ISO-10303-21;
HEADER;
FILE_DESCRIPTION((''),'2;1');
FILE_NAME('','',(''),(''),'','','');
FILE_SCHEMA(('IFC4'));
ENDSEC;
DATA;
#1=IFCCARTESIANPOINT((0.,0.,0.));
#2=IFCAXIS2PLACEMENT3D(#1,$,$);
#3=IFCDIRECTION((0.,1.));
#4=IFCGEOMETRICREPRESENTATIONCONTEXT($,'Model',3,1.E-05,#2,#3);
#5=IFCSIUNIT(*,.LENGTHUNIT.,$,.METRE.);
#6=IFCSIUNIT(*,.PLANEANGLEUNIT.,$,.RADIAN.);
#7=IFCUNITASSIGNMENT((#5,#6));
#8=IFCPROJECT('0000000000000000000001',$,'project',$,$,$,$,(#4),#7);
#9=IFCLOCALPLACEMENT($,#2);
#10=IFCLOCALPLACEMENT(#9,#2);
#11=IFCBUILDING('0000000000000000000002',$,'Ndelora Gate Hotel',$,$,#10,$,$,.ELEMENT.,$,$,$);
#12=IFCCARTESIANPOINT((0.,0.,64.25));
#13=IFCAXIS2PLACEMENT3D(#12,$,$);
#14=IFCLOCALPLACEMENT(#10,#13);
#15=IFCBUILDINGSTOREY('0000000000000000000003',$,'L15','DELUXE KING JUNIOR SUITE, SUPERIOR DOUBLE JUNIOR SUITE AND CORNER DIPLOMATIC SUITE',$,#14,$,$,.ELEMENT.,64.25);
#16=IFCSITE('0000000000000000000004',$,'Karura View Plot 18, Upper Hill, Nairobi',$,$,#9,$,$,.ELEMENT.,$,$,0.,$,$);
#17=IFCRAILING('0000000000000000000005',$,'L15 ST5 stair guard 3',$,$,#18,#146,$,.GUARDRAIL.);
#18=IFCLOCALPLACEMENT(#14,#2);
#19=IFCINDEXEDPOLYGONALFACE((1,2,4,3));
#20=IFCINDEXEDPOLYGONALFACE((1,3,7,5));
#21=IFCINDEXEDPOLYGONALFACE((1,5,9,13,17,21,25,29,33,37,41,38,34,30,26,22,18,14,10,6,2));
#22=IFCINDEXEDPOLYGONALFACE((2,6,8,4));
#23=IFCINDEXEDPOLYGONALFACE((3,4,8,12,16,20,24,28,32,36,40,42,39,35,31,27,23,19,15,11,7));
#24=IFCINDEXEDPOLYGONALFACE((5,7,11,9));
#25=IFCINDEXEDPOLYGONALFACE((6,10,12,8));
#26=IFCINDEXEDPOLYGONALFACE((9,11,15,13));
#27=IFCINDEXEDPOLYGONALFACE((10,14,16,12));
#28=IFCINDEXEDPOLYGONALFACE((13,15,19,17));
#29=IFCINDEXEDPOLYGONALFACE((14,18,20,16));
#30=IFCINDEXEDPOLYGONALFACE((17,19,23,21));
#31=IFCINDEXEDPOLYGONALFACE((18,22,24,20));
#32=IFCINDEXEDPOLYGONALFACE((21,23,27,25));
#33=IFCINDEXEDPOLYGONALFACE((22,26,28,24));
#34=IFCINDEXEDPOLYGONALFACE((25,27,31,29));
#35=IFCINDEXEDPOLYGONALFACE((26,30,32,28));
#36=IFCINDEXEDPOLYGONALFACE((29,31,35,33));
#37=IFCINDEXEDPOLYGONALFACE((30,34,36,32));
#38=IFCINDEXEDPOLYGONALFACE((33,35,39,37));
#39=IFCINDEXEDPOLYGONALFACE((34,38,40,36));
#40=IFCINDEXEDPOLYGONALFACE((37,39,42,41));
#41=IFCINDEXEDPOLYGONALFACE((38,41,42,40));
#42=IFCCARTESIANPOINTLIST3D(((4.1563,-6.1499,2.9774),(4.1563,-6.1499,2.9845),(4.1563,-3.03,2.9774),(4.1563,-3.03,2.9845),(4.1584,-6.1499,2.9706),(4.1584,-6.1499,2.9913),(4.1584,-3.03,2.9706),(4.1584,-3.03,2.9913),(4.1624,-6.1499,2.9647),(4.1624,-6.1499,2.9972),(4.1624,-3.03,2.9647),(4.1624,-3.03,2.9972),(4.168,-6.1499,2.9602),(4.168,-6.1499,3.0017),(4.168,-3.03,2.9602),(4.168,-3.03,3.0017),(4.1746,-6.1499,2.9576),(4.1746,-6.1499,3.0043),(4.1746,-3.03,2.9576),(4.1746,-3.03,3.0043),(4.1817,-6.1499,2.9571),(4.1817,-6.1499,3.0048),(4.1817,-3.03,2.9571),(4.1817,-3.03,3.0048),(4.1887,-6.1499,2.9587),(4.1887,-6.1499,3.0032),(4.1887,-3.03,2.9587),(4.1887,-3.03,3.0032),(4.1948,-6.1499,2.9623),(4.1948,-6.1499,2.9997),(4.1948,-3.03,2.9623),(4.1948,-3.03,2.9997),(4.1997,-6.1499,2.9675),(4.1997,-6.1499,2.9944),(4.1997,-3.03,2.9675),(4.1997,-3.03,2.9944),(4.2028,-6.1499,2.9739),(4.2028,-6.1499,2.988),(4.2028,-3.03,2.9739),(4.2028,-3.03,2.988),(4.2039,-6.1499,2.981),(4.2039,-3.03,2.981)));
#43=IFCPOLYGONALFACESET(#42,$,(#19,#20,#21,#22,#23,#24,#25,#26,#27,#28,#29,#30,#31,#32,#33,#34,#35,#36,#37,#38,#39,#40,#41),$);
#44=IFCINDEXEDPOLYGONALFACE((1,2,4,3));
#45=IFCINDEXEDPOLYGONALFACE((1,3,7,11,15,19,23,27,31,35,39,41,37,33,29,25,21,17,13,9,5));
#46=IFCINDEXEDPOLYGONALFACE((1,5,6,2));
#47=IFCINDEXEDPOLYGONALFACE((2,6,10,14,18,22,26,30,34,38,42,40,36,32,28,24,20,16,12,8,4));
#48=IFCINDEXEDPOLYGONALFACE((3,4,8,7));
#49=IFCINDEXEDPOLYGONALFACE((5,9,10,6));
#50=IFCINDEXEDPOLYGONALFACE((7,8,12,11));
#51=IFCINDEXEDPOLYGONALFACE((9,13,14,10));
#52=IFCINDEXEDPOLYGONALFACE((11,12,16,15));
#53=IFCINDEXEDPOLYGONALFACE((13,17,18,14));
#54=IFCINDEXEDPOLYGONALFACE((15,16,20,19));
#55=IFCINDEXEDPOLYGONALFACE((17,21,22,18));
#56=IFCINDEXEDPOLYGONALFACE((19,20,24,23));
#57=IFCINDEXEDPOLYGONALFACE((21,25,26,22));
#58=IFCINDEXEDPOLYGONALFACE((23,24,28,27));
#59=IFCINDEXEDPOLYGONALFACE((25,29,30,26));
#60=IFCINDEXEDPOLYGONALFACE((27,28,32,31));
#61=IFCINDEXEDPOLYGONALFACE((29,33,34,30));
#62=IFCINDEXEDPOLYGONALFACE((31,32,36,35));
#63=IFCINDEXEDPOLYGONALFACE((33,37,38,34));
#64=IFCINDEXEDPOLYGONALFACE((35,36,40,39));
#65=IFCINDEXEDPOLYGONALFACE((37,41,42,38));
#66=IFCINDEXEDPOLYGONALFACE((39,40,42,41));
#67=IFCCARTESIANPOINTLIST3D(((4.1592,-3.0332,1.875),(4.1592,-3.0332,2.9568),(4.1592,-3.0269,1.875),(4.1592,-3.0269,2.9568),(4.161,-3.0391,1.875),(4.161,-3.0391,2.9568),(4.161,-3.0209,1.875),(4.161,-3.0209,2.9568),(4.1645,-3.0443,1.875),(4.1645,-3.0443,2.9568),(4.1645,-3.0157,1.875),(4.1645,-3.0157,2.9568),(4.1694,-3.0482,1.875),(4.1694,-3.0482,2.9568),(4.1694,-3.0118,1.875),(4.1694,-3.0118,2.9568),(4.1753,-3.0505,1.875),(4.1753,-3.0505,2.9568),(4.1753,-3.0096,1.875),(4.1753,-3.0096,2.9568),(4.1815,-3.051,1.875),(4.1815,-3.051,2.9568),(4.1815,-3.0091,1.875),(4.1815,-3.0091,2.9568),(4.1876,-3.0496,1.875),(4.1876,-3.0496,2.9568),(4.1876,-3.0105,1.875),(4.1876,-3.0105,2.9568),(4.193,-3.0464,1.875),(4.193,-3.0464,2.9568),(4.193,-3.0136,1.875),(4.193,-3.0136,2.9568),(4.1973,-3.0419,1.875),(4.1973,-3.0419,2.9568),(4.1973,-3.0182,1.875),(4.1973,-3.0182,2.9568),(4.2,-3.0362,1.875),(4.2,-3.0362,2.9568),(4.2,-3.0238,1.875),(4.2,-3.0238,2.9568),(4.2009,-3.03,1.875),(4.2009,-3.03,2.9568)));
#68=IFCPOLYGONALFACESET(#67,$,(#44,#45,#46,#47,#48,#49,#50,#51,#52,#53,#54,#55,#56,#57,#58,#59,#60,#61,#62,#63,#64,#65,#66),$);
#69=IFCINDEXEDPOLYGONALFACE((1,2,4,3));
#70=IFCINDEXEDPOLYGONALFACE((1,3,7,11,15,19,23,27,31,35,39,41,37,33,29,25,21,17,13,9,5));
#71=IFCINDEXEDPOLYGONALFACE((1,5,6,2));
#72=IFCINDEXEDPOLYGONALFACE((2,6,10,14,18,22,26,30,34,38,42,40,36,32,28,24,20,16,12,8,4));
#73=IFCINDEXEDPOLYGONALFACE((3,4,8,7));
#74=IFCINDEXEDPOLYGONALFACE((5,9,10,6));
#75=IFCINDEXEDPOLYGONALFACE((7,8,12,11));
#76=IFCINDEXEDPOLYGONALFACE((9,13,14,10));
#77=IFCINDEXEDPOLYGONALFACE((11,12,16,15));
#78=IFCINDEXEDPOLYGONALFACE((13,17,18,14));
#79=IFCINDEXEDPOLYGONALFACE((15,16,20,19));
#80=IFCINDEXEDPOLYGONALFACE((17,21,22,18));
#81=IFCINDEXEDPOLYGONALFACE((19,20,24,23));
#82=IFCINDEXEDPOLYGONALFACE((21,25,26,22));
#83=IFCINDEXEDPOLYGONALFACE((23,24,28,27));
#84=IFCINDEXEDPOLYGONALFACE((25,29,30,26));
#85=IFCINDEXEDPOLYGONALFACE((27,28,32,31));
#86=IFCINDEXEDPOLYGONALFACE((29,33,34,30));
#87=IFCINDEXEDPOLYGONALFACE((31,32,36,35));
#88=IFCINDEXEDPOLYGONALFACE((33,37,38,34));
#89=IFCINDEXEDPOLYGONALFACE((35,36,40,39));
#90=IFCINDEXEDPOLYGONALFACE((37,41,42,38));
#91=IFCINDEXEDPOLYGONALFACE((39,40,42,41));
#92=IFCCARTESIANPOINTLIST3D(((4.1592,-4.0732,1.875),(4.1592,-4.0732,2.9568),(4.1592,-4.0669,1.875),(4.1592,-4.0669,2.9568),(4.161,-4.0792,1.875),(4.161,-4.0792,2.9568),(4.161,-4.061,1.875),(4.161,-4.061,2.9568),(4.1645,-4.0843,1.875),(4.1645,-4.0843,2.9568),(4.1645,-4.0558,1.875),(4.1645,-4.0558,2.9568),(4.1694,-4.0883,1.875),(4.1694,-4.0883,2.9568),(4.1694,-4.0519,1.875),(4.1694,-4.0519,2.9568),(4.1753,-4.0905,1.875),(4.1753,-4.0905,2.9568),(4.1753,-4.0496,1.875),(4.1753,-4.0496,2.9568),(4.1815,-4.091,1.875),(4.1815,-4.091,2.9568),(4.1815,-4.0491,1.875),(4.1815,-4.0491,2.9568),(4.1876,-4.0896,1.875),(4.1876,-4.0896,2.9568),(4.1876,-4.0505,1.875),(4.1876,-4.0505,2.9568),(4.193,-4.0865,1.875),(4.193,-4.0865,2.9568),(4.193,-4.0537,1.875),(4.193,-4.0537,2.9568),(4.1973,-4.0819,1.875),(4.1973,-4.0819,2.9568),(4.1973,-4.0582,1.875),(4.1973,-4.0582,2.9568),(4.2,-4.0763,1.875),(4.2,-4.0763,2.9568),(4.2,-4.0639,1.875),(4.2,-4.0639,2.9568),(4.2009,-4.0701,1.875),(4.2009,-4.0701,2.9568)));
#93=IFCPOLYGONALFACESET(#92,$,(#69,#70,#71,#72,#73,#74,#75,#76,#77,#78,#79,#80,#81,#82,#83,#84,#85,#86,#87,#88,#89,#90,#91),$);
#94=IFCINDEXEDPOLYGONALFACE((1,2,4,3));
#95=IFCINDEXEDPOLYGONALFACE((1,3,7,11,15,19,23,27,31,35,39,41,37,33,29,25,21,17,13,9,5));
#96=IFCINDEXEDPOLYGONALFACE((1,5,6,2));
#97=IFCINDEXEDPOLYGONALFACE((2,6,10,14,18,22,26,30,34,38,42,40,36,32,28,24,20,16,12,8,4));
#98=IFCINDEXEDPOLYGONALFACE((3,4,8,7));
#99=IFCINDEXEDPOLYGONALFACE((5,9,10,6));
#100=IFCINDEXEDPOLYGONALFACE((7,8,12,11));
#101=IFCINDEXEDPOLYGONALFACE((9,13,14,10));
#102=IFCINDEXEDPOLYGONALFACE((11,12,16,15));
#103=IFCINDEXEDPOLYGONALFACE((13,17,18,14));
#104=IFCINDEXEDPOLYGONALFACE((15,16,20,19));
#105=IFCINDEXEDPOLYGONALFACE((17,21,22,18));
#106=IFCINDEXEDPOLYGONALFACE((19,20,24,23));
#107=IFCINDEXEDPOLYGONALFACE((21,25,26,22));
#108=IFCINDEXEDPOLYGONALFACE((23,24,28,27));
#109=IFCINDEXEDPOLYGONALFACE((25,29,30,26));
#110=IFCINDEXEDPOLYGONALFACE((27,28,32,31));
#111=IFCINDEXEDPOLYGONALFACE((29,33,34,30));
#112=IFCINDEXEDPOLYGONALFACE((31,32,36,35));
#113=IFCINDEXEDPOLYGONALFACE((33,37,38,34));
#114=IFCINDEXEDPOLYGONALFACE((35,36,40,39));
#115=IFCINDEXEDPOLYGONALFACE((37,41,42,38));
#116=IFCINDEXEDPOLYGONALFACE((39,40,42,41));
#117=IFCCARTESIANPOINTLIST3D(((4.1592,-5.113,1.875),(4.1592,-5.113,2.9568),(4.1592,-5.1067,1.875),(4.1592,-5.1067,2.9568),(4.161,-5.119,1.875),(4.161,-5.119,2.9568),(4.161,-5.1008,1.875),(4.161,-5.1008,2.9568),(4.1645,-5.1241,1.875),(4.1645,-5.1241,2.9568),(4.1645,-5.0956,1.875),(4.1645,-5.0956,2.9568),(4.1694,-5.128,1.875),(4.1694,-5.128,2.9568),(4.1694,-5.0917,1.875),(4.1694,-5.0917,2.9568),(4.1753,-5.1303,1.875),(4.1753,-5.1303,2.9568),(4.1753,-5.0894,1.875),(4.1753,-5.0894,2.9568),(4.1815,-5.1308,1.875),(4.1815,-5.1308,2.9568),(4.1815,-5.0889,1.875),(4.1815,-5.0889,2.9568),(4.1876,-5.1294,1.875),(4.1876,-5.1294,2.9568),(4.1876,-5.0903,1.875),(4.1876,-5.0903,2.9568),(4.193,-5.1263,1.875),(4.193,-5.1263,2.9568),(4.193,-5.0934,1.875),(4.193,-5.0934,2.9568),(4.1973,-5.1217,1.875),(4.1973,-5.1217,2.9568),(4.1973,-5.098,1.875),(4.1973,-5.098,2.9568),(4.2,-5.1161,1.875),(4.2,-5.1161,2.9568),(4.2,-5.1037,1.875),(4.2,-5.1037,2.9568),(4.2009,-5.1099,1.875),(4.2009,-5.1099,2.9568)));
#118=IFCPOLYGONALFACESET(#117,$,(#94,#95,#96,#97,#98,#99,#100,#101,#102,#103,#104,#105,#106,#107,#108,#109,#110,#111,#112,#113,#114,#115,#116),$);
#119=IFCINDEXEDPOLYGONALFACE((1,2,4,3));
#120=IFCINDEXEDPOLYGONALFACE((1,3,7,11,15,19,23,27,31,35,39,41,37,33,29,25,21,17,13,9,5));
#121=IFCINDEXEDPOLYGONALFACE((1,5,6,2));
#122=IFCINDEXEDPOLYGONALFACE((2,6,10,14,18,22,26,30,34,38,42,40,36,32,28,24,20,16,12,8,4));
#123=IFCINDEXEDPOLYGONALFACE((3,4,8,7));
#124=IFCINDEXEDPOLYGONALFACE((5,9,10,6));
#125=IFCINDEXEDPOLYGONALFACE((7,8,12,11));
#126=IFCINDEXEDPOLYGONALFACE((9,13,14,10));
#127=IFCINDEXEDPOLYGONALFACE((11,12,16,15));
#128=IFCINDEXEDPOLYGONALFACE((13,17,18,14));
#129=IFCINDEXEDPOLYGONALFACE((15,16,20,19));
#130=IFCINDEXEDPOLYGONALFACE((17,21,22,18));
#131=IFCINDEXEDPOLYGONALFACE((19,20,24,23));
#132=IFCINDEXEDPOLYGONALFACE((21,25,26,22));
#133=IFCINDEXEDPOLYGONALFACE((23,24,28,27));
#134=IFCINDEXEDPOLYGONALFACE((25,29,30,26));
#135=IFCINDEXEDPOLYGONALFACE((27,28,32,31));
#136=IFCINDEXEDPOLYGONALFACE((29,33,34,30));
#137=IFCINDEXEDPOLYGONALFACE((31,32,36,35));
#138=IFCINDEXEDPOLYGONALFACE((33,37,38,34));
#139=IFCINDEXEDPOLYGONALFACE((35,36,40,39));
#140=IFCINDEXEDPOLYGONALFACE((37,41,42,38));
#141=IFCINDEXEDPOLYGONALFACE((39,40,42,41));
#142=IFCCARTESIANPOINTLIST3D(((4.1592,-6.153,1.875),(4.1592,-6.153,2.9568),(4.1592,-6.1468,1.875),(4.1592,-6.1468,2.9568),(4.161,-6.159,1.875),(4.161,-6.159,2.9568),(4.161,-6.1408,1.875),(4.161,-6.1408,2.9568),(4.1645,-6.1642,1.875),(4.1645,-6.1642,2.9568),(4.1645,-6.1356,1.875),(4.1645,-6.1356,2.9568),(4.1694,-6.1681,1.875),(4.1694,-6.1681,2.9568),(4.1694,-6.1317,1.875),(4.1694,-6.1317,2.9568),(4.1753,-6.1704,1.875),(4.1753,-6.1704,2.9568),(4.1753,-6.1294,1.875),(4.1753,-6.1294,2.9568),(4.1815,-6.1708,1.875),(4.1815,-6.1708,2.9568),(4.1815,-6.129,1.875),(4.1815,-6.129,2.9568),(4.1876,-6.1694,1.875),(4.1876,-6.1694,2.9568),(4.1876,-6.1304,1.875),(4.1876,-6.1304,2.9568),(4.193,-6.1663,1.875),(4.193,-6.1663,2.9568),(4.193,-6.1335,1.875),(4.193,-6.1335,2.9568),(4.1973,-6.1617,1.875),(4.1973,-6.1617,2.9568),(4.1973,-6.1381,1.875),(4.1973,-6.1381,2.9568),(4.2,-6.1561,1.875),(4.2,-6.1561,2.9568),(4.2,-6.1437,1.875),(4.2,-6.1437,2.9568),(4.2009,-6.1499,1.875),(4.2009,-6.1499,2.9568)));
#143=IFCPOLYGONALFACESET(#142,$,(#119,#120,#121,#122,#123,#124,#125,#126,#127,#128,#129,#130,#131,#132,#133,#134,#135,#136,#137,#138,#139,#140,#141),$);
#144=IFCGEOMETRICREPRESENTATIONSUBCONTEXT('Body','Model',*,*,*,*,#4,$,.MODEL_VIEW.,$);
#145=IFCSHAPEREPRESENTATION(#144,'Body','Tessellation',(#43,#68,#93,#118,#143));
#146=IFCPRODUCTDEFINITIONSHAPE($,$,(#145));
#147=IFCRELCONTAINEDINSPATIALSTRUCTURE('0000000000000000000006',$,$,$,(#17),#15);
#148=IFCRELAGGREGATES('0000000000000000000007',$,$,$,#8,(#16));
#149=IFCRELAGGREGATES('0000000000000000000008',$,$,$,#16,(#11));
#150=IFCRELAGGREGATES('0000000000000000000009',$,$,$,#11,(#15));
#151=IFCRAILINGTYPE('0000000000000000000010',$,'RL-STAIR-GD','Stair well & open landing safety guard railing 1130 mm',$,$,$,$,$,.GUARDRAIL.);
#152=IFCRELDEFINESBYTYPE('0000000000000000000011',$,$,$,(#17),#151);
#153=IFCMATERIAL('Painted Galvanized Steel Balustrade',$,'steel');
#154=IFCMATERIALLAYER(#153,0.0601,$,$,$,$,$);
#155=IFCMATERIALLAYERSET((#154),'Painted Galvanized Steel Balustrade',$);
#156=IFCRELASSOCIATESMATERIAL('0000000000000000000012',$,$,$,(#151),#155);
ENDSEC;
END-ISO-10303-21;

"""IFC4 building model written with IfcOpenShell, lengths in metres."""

from ifc_helpers import new_model, si_unit, direction, frame, origin, origin_2d, place, context, subcontext, project, spatial, circle, extrude, material, layer, layer_set, type_object, element, save


model = new_model("IFC4")

# Units and contexts
model_context = context("Model", 3, precision=1e-05, world=origin(), true_north=direction((0.0, 1.0)))
body_context = subcontext(model_context, "Body", "Model", "MODEL_VIEW")
ifc_project = project(units=[si_unit("LENGTHUNIT", "METRE"), si_unit("PLANEANGLEUNIT", "RADIAN")], contexts=[model_context])

# Site, building, storey
site_placement = place(None, origin())
site = spatial("IfcSite", under=ifc_project, at=site_placement, Name="Karura View Plot 18, Upper Hill, Nairobi", CompositionType="ELEMENT", RefElevation=0.0)
building_placement = place(site_placement, origin())
building = spatial("IfcBuilding", under=site, at=building_placement, Name="Ndelora Gate Hotel", CompositionType="ELEMENT")
storey_placement = place(building_placement, frame((0.0, 0.0, 64.25)))
storey = spatial("IfcBuildingStorey", under=building, at=storey_placement, Name="L15", Description="DELUXE KING JUNIOR SUITE, SUPERIOR DOUBLE JUNIOR SUITE AND CORNER DIPLOMATIC SUITE", CompositionType="ELEMENT", Elevation=64.25)

# Railing
ifc_material_1 = material(Name="Painted Galvanized Steel Balustrade", Category="steel")
ifc_layer_1 = layer(ifc_material_1, 0.0601)
ifc_layer_set_1 = layer_set([ifc_layer_1], Name="Painted Galvanized Steel Balustrade")
railing_type = type_object("IfcRailingType", Name="RL-STAIR-GD", Description="Stair well & open landing safety guard railing 1130 mm", PredefinedType="GUARDRAIL", material=ifc_layer_set_1)
for number, where, name in (
    (1, (4.1799, -3.03, 1.875), "L15 ST5 stair guard 3"),
):
    element("IfcRailing", number, at=place(storey_placement, frame(where)), inside=storey, type_object=railing_type, Name=name, PredefinedType="GUARDRAIL", context=body_context, shape_type="SweptSolid", body=[
        extrude(circle(Radius=0.0239, at=origin_2d()), frame((0.0, 0.0, 1.106), z_axis=(0.0, -1.0, 0.0), x_axis=(1.0, 0.0, 0.0)), (0.0, 0.0, 1.0), 3.1199),
        extrude(circle(Radius=0.021, at=origin_2d()), origin(), (0.0, 0.0, 1.0), 1.0818),
        extrude(circle(Radius=0.021, at=origin_2d()), frame((0.0, -1.04, 0.0)), (0.0, 0.0, 1.0), 1.0818),
        extrude(circle(Radius=0.021, at=origin_2d()), frame((0.0, -2.0798, 0.0)), (0.0, 0.0, 1.0), 1.0818),
        extrude(circle(Radius=0.021, at=origin_2d()), frame((0.0, -3.1199, 0.0)), (0.0, 0.0, 1.0), 1.0818),
    ])

save(model, "model.ifc")
